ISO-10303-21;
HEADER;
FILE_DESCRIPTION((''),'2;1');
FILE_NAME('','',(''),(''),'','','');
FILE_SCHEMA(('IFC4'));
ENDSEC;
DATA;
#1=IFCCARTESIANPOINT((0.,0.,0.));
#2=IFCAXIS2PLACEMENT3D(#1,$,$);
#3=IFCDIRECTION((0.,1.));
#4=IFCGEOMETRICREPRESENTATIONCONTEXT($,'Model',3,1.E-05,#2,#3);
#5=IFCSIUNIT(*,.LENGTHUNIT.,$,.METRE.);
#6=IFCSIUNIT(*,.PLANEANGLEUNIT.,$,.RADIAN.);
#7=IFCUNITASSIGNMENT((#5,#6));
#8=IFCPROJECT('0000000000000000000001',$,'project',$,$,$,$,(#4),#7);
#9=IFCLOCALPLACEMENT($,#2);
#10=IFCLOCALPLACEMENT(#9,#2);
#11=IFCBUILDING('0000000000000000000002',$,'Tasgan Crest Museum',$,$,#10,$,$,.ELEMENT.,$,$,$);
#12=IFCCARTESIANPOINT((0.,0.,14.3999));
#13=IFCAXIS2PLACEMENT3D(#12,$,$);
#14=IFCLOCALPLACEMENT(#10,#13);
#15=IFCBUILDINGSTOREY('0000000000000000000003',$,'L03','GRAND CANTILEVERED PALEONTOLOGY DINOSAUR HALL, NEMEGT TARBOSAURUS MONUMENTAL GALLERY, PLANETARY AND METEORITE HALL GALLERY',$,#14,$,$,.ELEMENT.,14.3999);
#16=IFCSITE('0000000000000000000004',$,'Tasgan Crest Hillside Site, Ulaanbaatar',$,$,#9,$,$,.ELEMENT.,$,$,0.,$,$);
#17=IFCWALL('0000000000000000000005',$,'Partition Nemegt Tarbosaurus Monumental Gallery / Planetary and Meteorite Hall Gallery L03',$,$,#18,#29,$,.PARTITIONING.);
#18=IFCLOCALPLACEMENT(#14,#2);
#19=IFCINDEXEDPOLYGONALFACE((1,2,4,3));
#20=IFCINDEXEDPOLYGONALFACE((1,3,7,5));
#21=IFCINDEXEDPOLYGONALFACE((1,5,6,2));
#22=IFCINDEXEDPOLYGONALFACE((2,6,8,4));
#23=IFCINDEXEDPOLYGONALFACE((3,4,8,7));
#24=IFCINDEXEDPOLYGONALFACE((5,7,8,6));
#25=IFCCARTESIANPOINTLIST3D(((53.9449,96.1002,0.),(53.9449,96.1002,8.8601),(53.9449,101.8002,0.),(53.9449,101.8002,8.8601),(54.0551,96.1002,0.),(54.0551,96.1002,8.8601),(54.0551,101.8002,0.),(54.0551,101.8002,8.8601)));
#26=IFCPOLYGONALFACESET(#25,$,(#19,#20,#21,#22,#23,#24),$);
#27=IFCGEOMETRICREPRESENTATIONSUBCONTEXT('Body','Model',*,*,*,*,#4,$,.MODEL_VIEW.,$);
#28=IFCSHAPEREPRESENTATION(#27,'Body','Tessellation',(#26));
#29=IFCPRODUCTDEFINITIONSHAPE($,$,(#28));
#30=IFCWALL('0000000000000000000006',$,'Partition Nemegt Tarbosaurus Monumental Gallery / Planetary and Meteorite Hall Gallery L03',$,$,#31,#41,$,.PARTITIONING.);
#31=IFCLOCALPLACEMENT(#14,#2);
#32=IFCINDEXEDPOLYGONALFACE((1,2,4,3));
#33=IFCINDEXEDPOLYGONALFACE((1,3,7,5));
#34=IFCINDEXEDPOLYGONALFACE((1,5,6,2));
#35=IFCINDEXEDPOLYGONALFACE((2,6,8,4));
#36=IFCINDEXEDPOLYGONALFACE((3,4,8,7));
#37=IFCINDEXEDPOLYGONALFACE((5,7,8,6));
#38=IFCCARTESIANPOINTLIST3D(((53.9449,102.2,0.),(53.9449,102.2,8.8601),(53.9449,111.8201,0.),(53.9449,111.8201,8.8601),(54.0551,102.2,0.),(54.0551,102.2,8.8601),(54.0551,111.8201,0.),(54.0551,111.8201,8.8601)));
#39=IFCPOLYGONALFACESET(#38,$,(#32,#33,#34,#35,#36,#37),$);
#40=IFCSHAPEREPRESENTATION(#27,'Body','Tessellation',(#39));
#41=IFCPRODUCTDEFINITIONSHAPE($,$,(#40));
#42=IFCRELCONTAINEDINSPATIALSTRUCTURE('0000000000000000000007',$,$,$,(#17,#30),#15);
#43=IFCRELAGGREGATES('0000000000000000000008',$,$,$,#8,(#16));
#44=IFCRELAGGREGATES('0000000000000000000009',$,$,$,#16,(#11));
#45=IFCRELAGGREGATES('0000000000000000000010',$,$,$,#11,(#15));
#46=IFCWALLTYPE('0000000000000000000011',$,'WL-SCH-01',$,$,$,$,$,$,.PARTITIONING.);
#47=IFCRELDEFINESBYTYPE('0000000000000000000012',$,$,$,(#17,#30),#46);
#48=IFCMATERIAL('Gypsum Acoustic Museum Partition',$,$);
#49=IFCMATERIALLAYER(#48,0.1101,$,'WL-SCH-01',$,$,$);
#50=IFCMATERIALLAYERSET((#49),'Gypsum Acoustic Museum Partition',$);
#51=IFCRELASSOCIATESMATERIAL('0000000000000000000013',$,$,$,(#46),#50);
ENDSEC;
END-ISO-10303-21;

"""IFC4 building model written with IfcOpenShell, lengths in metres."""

from ifc_helpers import new_model, si_unit, direction, frame, frame_2d, origin, place, context, subcontext, project, spatial, rectangle, extrude, material, layer, layer_set, type_object, element, save


model = new_model("IFC4")

# Units and contexts
model_context = context("Model", 3, precision=1e-05, world=origin(), true_north=direction((0.0, 1.0)))
body_context = subcontext(model_context, "Body", "Model", "MODEL_VIEW")
ifc_project = project(units=[si_unit("LENGTHUNIT", "METRE"), si_unit("PLANEANGLEUNIT", "RADIAN")], contexts=[model_context])

# Site, building, storey
site_placement = place(None, origin())
site = spatial("IfcSite", under=ifc_project, at=site_placement, Name="Tasgan Crest Hillside Site, Ulaanbaatar", CompositionType="ELEMENT", RefElevation=0.0)
building_placement = place(site_placement, origin())
building = spatial("IfcBuilding", under=site, at=building_placement, Name="Tasgan Crest Museum", CompositionType="ELEMENT")
storey_placement = place(building_placement, frame((0.0, 0.0, 14.3999)))
storey = spatial("IfcBuildingStorey", under=building, at=storey_placement, Name="L03", Description="GRAND CANTILEVERED PALEONTOLOGY DINOSAUR HALL, NEMEGT TARBOSAURUS MONUMENTAL GALLERY, PLANETARY AND METEORITE HALL GALLERY", CompositionType="ELEMENT", Elevation=14.3999)

# Walls
ifc_material_1 = material(Name="Gypsum Acoustic Museum Partition")
ifc_layer_1 = layer(ifc_material_1, 0.1101, Name="WL-SCH-01")
ifc_layer_set_1 = layer_set([ifc_layer_1], Name="Gypsum Acoustic Museum Partition")
wall_type_1 = type_object("IfcWallType", Name="WL-SCH-01", PredefinedType="PARTITIONING", material=ifc_layer_set_1)
wall_1_placement = place(storey_placement, frame((54.0, 96.1001, 0.0), z_axis=(0.0, 0.0, 1.0), x_axis=(0.0, 1.0, 0.0)))
element("IfcWall", 1, at=wall_1_placement, inside=storey, type_object=wall_type_1, Name="Partition Nemegt Tarbosaurus Monumental Gallery / Planetary and Meteorite Hall Gallery L03", PredefinedType="PARTITIONING", context=body_context, shape_type="SweptSolid", body=[
    extrude(rectangle(XDim=5.7, YDim=0.1101, at=frame_2d((2.8501, 0.0))), origin(), (0.0, 0.0, 1.0), 8.8601),
])
wall_2_placement = place(storey_placement, frame((54.0, 102.2, 0.0), z_axis=(0.0, 0.0, 1.0), x_axis=(0.0, 1.0, 0.0)))
element("IfcWall", 2, at=wall_2_placement, inside=storey, type_object=wall_type_1, Name="Partition Nemegt Tarbosaurus Monumental Gallery / Planetary and Meteorite Hall Gallery L03", PredefinedType="PARTITIONING", context=body_context, shape_type="SweptSolid", body=[
    extrude(rectangle(XDim=9.6201, YDim=0.1101, at=frame_2d((4.8101, 0.0))), origin(), (0.0, 0.0, 1.0), 8.8601),
])

save(model, "model.ifc")
